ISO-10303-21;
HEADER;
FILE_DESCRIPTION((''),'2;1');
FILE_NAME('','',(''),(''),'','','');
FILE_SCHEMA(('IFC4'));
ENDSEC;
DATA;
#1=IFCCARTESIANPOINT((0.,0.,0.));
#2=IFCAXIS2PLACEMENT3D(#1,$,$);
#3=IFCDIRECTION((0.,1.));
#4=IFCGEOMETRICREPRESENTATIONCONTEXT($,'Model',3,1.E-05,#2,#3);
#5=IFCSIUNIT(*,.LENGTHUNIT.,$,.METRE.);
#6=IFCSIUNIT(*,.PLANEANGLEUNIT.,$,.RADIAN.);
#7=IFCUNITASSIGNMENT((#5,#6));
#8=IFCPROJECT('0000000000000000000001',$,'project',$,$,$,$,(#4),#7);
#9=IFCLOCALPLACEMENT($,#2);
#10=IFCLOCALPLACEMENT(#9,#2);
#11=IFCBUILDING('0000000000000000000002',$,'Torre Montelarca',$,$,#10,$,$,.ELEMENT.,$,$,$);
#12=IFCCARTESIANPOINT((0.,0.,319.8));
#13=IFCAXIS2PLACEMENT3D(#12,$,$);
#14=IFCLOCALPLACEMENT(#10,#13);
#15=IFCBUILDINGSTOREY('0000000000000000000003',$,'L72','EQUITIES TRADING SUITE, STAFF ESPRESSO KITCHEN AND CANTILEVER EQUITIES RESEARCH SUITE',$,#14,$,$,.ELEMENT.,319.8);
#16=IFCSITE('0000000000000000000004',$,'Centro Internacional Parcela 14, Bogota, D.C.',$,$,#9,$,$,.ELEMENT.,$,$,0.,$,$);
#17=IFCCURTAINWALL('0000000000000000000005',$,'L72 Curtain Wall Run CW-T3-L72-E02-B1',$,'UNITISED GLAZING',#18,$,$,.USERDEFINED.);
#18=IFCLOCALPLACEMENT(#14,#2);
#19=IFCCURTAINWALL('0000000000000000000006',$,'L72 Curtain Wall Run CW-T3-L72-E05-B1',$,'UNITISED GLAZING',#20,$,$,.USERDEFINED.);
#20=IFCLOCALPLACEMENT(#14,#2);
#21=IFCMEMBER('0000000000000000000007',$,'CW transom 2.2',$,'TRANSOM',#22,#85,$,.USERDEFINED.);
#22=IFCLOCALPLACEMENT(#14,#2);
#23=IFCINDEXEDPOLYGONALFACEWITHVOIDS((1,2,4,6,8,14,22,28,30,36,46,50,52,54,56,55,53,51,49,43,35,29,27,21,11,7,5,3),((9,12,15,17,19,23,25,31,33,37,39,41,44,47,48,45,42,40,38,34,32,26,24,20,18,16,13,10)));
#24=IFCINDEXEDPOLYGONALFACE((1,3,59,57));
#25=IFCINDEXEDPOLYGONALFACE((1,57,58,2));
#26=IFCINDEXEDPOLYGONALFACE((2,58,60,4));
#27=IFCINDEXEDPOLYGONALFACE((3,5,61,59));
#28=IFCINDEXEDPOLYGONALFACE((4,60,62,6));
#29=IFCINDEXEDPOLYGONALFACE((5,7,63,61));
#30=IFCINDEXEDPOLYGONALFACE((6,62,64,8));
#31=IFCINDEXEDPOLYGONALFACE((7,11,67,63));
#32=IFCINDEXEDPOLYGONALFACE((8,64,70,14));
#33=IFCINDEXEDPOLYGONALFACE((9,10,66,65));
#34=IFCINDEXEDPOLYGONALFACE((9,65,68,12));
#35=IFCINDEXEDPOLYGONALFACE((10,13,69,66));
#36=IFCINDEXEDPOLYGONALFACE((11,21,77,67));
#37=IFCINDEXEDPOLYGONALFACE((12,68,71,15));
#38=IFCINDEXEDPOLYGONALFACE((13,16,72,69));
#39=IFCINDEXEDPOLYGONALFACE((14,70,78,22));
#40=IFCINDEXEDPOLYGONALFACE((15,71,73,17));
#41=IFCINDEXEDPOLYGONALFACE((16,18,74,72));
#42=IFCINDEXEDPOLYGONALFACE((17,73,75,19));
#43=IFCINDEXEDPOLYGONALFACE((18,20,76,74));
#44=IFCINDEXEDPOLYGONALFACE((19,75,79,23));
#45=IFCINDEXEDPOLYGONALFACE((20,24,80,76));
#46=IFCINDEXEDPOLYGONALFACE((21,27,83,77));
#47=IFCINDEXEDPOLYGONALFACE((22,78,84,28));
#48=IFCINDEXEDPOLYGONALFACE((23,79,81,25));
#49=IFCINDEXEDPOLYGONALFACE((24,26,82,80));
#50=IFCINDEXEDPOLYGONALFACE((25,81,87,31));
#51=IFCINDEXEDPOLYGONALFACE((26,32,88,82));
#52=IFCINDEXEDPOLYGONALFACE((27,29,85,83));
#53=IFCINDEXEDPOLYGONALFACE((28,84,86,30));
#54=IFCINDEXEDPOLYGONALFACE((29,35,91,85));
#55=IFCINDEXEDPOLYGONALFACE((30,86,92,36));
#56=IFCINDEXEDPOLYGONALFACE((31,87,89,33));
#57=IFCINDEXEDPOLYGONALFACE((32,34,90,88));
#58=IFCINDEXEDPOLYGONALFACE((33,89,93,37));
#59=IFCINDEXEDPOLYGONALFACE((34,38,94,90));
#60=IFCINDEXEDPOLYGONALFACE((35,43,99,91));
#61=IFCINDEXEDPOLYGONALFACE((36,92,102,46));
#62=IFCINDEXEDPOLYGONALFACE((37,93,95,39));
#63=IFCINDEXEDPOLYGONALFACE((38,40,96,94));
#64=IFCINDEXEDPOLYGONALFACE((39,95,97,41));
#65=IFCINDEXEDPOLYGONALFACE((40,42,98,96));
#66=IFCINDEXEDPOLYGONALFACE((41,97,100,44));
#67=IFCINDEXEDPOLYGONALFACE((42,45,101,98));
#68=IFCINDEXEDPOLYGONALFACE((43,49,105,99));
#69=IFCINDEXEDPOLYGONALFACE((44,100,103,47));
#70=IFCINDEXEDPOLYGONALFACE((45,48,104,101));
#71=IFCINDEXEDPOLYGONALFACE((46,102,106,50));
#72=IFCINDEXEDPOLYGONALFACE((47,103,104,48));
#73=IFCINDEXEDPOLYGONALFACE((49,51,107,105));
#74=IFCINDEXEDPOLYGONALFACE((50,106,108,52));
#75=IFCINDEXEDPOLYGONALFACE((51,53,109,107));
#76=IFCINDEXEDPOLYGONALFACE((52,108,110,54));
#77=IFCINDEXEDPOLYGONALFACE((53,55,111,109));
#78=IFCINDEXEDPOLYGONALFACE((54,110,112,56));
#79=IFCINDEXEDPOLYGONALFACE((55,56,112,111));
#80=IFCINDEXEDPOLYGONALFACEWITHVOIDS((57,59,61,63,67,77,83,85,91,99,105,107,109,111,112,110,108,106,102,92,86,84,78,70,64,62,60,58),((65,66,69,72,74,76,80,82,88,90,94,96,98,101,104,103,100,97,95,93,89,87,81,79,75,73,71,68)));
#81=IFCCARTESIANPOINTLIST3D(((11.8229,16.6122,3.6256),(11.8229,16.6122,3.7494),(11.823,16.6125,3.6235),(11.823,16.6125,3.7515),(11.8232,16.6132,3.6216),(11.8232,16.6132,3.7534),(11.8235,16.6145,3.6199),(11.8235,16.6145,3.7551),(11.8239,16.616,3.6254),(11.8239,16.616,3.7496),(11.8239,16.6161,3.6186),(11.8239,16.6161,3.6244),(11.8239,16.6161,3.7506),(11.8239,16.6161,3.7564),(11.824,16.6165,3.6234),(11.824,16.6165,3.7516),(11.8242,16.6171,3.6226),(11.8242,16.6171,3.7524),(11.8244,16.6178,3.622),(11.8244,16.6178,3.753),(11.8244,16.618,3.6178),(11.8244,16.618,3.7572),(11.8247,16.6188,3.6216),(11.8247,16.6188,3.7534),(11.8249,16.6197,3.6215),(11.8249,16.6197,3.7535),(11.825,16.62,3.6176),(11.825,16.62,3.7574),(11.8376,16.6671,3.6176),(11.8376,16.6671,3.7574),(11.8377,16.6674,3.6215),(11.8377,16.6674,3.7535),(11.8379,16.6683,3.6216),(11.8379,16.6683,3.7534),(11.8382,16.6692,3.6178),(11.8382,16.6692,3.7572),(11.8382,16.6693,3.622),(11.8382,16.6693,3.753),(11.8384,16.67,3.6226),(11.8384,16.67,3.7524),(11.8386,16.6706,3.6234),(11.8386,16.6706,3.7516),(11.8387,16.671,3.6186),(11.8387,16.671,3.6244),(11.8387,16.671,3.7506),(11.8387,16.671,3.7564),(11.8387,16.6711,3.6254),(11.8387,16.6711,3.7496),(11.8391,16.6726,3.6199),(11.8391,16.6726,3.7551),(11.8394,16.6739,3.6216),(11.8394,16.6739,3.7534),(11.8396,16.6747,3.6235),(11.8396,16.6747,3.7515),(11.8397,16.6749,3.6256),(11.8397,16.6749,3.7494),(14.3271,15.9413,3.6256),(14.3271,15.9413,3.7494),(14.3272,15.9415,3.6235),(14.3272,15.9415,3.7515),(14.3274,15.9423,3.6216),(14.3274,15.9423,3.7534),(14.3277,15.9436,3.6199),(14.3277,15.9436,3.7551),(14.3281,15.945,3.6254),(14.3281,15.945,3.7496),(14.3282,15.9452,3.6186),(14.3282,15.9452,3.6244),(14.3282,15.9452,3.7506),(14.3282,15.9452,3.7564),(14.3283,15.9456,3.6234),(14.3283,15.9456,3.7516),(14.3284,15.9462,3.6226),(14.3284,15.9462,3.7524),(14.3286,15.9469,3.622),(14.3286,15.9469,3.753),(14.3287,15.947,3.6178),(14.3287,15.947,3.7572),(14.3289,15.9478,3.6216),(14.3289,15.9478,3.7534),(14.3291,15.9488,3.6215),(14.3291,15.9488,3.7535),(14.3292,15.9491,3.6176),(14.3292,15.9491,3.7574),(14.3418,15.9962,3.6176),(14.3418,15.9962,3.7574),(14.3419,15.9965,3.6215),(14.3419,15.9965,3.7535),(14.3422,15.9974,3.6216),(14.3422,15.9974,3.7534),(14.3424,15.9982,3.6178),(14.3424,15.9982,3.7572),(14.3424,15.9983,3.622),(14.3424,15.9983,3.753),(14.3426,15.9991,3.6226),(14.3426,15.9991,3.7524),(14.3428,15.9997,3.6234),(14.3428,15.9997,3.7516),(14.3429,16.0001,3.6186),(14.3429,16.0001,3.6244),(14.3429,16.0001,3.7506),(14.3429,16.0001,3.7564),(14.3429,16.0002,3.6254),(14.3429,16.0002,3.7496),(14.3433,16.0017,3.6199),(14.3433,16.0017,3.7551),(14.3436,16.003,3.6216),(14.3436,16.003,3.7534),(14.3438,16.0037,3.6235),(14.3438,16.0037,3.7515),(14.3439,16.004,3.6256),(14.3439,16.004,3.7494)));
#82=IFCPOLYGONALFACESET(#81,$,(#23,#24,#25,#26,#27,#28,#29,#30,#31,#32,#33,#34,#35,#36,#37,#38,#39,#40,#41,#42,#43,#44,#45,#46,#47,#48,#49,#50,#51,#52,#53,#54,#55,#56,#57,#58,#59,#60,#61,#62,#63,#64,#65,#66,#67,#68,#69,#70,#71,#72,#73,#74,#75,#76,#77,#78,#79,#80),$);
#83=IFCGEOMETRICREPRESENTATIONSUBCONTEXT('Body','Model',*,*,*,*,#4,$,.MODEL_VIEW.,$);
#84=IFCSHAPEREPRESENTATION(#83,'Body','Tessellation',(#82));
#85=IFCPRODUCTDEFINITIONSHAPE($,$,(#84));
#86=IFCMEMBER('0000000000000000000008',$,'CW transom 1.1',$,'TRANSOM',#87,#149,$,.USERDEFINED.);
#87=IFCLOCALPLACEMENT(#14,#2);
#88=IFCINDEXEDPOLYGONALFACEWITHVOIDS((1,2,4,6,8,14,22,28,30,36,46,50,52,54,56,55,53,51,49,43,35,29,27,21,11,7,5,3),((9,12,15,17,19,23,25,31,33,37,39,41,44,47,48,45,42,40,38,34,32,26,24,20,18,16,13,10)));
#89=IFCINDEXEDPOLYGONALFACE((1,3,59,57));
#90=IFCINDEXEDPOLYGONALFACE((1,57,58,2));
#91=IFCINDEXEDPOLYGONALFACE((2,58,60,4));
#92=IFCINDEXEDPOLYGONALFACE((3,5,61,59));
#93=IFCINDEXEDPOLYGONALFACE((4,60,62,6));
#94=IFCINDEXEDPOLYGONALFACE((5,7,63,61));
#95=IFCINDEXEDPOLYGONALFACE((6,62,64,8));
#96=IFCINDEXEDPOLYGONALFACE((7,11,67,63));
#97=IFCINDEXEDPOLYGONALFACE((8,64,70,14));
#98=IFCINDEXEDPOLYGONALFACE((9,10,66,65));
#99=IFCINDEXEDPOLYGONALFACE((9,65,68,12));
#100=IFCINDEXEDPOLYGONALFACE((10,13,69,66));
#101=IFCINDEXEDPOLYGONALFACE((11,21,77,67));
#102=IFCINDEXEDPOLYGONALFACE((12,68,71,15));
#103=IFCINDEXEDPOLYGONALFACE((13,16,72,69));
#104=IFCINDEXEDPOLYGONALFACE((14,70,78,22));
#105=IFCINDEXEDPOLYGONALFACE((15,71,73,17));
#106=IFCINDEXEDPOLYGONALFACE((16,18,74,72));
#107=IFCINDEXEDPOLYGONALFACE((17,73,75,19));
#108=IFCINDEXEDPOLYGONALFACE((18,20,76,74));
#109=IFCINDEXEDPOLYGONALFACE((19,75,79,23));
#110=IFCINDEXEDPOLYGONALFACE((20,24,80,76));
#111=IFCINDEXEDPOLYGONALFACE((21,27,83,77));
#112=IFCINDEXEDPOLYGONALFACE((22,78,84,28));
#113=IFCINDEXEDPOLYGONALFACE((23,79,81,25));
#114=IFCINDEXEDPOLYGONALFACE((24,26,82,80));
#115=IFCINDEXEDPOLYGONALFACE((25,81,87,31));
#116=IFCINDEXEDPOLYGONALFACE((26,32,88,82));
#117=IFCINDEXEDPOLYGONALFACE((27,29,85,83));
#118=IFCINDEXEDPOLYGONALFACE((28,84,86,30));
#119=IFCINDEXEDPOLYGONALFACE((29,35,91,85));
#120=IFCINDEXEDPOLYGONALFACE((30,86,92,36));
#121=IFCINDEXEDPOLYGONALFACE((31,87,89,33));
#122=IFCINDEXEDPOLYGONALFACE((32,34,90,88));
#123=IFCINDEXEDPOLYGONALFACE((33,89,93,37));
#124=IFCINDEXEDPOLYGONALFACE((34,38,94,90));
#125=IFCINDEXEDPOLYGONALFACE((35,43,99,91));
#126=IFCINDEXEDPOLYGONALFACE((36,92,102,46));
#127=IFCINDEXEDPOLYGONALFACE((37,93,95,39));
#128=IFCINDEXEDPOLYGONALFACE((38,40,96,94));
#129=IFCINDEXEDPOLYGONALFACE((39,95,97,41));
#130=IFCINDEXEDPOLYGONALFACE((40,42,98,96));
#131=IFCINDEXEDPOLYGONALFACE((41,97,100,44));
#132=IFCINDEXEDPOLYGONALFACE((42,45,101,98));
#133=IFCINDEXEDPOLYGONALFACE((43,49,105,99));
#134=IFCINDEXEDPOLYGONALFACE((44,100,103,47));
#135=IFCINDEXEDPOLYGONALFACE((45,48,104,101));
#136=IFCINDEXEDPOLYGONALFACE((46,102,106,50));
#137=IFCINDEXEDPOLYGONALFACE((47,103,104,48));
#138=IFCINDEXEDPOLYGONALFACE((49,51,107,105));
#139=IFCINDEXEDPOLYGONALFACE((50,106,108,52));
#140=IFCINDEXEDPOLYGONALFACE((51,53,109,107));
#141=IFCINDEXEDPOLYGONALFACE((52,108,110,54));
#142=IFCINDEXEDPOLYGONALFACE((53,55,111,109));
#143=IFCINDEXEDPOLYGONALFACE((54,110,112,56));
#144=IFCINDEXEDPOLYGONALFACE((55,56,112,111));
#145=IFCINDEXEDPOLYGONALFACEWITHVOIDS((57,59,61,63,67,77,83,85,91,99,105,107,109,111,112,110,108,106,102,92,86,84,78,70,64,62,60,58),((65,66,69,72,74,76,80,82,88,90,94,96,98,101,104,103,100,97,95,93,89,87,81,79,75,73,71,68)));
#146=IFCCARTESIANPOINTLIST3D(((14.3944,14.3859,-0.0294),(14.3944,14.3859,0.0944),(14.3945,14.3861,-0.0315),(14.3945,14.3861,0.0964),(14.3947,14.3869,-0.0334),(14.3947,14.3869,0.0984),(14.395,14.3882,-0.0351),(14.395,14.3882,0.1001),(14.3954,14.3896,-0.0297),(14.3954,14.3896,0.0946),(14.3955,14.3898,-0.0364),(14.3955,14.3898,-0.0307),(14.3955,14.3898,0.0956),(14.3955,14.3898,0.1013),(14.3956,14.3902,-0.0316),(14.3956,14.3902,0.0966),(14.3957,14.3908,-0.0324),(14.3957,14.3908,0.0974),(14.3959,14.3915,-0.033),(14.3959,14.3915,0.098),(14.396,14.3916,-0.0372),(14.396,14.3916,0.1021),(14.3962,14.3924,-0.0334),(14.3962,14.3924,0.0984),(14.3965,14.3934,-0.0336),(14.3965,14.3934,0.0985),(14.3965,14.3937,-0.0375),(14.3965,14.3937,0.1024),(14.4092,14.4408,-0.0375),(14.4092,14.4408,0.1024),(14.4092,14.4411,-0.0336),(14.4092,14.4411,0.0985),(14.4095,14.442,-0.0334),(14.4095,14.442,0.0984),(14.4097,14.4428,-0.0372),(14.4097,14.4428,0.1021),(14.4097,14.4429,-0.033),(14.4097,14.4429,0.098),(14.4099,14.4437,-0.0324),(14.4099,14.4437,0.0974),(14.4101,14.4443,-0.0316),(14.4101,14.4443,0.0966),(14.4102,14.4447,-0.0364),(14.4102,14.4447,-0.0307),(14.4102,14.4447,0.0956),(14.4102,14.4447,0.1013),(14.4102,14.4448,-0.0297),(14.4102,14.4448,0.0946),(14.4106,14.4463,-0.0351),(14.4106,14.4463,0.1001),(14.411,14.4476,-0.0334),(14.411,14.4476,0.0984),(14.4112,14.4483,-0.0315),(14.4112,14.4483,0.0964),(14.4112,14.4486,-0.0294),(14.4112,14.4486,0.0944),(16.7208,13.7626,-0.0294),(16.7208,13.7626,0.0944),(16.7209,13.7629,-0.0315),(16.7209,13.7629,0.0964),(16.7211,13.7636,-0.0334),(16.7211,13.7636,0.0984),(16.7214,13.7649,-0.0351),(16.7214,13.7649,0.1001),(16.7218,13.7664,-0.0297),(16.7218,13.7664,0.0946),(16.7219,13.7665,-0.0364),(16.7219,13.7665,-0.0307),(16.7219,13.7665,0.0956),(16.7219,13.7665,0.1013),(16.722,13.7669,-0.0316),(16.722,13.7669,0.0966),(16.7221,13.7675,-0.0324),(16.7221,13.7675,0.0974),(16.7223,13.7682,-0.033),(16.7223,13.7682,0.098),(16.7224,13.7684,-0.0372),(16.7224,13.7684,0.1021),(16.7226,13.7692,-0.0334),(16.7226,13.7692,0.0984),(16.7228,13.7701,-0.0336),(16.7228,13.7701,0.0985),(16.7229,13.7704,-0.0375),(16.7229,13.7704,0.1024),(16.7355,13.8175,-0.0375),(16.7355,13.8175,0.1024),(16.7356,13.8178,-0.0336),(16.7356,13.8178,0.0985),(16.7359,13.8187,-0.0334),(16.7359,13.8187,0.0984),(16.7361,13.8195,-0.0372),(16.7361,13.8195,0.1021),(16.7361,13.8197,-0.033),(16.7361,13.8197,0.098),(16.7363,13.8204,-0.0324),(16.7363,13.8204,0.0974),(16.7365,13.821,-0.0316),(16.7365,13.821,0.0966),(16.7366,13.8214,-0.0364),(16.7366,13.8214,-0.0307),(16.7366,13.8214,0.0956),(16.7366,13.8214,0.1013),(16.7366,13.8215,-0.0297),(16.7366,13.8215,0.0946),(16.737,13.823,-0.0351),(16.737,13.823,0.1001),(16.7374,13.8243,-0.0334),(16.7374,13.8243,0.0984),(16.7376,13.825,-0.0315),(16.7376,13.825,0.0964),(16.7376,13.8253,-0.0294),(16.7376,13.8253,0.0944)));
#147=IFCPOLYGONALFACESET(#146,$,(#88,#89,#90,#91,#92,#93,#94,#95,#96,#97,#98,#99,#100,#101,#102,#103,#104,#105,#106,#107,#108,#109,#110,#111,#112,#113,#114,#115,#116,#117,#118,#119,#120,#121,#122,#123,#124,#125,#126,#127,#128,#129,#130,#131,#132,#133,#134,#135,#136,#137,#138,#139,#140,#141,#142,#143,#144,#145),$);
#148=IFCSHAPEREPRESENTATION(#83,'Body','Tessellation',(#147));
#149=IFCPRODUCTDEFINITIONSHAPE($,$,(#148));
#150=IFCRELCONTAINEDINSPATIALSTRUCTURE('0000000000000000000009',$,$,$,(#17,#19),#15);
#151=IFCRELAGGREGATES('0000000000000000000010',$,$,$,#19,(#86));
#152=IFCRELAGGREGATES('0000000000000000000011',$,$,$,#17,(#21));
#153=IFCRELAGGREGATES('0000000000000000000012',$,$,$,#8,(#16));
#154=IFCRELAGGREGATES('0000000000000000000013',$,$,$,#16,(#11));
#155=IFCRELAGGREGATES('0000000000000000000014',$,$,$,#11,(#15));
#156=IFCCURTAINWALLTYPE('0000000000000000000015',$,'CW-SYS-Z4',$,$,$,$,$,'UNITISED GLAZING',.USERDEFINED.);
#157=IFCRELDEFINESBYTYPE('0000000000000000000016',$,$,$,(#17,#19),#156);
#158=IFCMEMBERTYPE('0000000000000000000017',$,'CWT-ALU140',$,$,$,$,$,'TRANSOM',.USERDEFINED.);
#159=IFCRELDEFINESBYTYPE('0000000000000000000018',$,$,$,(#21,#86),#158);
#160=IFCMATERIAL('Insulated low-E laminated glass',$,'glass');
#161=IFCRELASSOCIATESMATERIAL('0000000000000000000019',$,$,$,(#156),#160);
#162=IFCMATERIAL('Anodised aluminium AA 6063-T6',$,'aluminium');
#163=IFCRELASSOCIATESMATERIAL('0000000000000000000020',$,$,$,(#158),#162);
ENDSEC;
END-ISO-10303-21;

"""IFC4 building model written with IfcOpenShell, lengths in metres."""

from ifc_helpers import new_model, si_unit, direction, frame, origin, origin_2d, place, context, subcontext, project, spatial, hollow_rectangle, extrude, source, transform, mapped, material, material_profile, profile_set, type_object, element, aggregate, save


model = new_model("IFC4")

# Units and contexts
model_context = context("Model", 3, precision=1e-05, world=origin(), true_north=direction((0.0, 1.0)))
body_context = subcontext(model_context, "Body", "Model", "MODEL_VIEW")
ifc_project = project(units=[si_unit("LENGTHUNIT", "METRE"), si_unit("PLANEANGLEUNIT", "RADIAN")], contexts=[model_context])

# Site, building, storey
site_placement = place(None, origin())
site = spatial("IfcSite", under=ifc_project, at=site_placement, Name="Centro Internacional Parcela 14, Bogota, D.C.", CompositionType="ELEMENT", RefElevation=0.0)
building_placement = place(site_placement, origin())
building = spatial("IfcBuilding", under=site, at=building_placement, Name="Torre Montelarca", CompositionType="ELEMENT")
storey_placement = place(building_placement, frame((0.0, 0.0, 319.8)))
storey = spatial("IfcBuildingStorey", under=building, at=storey_placement, Name="L72", Description="EQUITIES TRADING SUITE, STAFF ESPRESSO KITCHEN AND CANTILEVER EQUITIES RESEARCH SUITE", CompositionType="ELEMENT", Elevation=319.8)

# Shared definitions
ifc_material_1 = material(Name="Insulated low-E laminated glass", Category="glass")
curtain_wall_type = type_object("IfcCurtainWallType", Name="CW-SYS-Z4", ElementType="UNITISED GLAZING", PredefinedType="USERDEFINED", material=ifc_material_1)
ifc_material_2 = material(Name="Anodised aluminium AA 6063-T6", Category="aluminium")

# Curtain wall
curtain_wall_1_placement = place(storey_placement, origin())
curtain_wall_1 = element("IfcCurtainWall", 1, at=curtain_wall_1_placement, inside=storey, type_object=curtain_wall_type, Name="L72 Curtain Wall Run CW-T3-L72-E02-B1", ObjectType="UNITISED GLAZING", PredefinedType="USERDEFINED")

# Curtain wall
curtain_wall_2_placement = place(storey_placement, origin())
curtain_wall_2 = element("IfcCurtainWall", 2, at=curtain_wall_2_placement, inside=storey, type_object=curtain_wall_type, Name="L72 Curtain Wall Run CW-T3-L72-E05-B1", ObjectType="UNITISED GLAZING", PredefinedType="USERDEFINED")

# Members
ifc_material_profile_1 = material_profile(ifc_material_2, hollow_rectangle(XDim=0.0649, YDim=0.1399, WallThickness=0.0039, InnerFilletRadius=0.0039, OuterFilletRadius=0.0081, at=origin_2d()), Name="ALU65X140X4", Category="aluminium")
ifc_profile_set_1 = profile_set([ifc_material_profile_1], Name="Anodised aluminium AA 6063-T6")
member_type_1 = type_object("IfcMemberType", Name="CWT-ALU140", ElementType="TRANSOM", PredefinedType="USERDEFINED", material=ifc_profile_set_1)
shared_shape_1 = source(origin(), body_context, "Body", "SweptSolid", [
    extrude(hollow_rectangle(XDim=0.0649, YDim=0.1399, WallThickness=0.0039, InnerFilletRadius=0.0039, OuterFilletRadius=0.0081, at=origin_2d()), origin(), (0.0, 0.0, 1.0), 2.5925),
])
member_1_placement = place(storey_placement, frame((11.8313, 16.6436, 3.6875), z_axis=(0.965934, -0.258788, 0.0), x_axis=(0.258788, 0.965934, 0.0)))
member_1 = element("IfcMember", 3, at=member_1_placement, type_object=member_type_1, Name="CW transom 2.2", ObjectType="TRANSOM", PredefinedType="USERDEFINED", context=body_context, shape_type="MappedRepresentation", body=[
    mapped(shared_shape_1, transform((0.0, 0.0, 0.0), scale=1.0)),
])
shared_shape_2 = source(origin(), body_context, "Body", "SweptSolid", [
    extrude(hollow_rectangle(XDim=0.0649, YDim=0.1399, WallThickness=0.0039, InnerFilletRadius=0.0039, OuterFilletRadius=0.0081, at=origin_2d()), origin(), (0.0, 0.0, 1.0), 2.4084),
])
member_2_placement = place(storey_placement, frame((14.4028, 14.4172, 0.0325), z_axis=(0.965933, -0.258792, 0.0), x_axis=(0.258792, 0.965933, 0.0)))
member_2 = element("IfcMember", 4, at=member_2_placement, type_object=member_type_1, Name="CW transom 1.1", ObjectType="TRANSOM", PredefinedType="USERDEFINED", context=body_context, shape_type="MappedRepresentation", body=[
    mapped(shared_shape_2, transform((0.0, 0.0, 0.0), scale=1.0)),
])
aggregate(curtain_wall_2, [member_2])

aggregate(curtain_wall_1, [member_1])

save(model, "model.ifc")
